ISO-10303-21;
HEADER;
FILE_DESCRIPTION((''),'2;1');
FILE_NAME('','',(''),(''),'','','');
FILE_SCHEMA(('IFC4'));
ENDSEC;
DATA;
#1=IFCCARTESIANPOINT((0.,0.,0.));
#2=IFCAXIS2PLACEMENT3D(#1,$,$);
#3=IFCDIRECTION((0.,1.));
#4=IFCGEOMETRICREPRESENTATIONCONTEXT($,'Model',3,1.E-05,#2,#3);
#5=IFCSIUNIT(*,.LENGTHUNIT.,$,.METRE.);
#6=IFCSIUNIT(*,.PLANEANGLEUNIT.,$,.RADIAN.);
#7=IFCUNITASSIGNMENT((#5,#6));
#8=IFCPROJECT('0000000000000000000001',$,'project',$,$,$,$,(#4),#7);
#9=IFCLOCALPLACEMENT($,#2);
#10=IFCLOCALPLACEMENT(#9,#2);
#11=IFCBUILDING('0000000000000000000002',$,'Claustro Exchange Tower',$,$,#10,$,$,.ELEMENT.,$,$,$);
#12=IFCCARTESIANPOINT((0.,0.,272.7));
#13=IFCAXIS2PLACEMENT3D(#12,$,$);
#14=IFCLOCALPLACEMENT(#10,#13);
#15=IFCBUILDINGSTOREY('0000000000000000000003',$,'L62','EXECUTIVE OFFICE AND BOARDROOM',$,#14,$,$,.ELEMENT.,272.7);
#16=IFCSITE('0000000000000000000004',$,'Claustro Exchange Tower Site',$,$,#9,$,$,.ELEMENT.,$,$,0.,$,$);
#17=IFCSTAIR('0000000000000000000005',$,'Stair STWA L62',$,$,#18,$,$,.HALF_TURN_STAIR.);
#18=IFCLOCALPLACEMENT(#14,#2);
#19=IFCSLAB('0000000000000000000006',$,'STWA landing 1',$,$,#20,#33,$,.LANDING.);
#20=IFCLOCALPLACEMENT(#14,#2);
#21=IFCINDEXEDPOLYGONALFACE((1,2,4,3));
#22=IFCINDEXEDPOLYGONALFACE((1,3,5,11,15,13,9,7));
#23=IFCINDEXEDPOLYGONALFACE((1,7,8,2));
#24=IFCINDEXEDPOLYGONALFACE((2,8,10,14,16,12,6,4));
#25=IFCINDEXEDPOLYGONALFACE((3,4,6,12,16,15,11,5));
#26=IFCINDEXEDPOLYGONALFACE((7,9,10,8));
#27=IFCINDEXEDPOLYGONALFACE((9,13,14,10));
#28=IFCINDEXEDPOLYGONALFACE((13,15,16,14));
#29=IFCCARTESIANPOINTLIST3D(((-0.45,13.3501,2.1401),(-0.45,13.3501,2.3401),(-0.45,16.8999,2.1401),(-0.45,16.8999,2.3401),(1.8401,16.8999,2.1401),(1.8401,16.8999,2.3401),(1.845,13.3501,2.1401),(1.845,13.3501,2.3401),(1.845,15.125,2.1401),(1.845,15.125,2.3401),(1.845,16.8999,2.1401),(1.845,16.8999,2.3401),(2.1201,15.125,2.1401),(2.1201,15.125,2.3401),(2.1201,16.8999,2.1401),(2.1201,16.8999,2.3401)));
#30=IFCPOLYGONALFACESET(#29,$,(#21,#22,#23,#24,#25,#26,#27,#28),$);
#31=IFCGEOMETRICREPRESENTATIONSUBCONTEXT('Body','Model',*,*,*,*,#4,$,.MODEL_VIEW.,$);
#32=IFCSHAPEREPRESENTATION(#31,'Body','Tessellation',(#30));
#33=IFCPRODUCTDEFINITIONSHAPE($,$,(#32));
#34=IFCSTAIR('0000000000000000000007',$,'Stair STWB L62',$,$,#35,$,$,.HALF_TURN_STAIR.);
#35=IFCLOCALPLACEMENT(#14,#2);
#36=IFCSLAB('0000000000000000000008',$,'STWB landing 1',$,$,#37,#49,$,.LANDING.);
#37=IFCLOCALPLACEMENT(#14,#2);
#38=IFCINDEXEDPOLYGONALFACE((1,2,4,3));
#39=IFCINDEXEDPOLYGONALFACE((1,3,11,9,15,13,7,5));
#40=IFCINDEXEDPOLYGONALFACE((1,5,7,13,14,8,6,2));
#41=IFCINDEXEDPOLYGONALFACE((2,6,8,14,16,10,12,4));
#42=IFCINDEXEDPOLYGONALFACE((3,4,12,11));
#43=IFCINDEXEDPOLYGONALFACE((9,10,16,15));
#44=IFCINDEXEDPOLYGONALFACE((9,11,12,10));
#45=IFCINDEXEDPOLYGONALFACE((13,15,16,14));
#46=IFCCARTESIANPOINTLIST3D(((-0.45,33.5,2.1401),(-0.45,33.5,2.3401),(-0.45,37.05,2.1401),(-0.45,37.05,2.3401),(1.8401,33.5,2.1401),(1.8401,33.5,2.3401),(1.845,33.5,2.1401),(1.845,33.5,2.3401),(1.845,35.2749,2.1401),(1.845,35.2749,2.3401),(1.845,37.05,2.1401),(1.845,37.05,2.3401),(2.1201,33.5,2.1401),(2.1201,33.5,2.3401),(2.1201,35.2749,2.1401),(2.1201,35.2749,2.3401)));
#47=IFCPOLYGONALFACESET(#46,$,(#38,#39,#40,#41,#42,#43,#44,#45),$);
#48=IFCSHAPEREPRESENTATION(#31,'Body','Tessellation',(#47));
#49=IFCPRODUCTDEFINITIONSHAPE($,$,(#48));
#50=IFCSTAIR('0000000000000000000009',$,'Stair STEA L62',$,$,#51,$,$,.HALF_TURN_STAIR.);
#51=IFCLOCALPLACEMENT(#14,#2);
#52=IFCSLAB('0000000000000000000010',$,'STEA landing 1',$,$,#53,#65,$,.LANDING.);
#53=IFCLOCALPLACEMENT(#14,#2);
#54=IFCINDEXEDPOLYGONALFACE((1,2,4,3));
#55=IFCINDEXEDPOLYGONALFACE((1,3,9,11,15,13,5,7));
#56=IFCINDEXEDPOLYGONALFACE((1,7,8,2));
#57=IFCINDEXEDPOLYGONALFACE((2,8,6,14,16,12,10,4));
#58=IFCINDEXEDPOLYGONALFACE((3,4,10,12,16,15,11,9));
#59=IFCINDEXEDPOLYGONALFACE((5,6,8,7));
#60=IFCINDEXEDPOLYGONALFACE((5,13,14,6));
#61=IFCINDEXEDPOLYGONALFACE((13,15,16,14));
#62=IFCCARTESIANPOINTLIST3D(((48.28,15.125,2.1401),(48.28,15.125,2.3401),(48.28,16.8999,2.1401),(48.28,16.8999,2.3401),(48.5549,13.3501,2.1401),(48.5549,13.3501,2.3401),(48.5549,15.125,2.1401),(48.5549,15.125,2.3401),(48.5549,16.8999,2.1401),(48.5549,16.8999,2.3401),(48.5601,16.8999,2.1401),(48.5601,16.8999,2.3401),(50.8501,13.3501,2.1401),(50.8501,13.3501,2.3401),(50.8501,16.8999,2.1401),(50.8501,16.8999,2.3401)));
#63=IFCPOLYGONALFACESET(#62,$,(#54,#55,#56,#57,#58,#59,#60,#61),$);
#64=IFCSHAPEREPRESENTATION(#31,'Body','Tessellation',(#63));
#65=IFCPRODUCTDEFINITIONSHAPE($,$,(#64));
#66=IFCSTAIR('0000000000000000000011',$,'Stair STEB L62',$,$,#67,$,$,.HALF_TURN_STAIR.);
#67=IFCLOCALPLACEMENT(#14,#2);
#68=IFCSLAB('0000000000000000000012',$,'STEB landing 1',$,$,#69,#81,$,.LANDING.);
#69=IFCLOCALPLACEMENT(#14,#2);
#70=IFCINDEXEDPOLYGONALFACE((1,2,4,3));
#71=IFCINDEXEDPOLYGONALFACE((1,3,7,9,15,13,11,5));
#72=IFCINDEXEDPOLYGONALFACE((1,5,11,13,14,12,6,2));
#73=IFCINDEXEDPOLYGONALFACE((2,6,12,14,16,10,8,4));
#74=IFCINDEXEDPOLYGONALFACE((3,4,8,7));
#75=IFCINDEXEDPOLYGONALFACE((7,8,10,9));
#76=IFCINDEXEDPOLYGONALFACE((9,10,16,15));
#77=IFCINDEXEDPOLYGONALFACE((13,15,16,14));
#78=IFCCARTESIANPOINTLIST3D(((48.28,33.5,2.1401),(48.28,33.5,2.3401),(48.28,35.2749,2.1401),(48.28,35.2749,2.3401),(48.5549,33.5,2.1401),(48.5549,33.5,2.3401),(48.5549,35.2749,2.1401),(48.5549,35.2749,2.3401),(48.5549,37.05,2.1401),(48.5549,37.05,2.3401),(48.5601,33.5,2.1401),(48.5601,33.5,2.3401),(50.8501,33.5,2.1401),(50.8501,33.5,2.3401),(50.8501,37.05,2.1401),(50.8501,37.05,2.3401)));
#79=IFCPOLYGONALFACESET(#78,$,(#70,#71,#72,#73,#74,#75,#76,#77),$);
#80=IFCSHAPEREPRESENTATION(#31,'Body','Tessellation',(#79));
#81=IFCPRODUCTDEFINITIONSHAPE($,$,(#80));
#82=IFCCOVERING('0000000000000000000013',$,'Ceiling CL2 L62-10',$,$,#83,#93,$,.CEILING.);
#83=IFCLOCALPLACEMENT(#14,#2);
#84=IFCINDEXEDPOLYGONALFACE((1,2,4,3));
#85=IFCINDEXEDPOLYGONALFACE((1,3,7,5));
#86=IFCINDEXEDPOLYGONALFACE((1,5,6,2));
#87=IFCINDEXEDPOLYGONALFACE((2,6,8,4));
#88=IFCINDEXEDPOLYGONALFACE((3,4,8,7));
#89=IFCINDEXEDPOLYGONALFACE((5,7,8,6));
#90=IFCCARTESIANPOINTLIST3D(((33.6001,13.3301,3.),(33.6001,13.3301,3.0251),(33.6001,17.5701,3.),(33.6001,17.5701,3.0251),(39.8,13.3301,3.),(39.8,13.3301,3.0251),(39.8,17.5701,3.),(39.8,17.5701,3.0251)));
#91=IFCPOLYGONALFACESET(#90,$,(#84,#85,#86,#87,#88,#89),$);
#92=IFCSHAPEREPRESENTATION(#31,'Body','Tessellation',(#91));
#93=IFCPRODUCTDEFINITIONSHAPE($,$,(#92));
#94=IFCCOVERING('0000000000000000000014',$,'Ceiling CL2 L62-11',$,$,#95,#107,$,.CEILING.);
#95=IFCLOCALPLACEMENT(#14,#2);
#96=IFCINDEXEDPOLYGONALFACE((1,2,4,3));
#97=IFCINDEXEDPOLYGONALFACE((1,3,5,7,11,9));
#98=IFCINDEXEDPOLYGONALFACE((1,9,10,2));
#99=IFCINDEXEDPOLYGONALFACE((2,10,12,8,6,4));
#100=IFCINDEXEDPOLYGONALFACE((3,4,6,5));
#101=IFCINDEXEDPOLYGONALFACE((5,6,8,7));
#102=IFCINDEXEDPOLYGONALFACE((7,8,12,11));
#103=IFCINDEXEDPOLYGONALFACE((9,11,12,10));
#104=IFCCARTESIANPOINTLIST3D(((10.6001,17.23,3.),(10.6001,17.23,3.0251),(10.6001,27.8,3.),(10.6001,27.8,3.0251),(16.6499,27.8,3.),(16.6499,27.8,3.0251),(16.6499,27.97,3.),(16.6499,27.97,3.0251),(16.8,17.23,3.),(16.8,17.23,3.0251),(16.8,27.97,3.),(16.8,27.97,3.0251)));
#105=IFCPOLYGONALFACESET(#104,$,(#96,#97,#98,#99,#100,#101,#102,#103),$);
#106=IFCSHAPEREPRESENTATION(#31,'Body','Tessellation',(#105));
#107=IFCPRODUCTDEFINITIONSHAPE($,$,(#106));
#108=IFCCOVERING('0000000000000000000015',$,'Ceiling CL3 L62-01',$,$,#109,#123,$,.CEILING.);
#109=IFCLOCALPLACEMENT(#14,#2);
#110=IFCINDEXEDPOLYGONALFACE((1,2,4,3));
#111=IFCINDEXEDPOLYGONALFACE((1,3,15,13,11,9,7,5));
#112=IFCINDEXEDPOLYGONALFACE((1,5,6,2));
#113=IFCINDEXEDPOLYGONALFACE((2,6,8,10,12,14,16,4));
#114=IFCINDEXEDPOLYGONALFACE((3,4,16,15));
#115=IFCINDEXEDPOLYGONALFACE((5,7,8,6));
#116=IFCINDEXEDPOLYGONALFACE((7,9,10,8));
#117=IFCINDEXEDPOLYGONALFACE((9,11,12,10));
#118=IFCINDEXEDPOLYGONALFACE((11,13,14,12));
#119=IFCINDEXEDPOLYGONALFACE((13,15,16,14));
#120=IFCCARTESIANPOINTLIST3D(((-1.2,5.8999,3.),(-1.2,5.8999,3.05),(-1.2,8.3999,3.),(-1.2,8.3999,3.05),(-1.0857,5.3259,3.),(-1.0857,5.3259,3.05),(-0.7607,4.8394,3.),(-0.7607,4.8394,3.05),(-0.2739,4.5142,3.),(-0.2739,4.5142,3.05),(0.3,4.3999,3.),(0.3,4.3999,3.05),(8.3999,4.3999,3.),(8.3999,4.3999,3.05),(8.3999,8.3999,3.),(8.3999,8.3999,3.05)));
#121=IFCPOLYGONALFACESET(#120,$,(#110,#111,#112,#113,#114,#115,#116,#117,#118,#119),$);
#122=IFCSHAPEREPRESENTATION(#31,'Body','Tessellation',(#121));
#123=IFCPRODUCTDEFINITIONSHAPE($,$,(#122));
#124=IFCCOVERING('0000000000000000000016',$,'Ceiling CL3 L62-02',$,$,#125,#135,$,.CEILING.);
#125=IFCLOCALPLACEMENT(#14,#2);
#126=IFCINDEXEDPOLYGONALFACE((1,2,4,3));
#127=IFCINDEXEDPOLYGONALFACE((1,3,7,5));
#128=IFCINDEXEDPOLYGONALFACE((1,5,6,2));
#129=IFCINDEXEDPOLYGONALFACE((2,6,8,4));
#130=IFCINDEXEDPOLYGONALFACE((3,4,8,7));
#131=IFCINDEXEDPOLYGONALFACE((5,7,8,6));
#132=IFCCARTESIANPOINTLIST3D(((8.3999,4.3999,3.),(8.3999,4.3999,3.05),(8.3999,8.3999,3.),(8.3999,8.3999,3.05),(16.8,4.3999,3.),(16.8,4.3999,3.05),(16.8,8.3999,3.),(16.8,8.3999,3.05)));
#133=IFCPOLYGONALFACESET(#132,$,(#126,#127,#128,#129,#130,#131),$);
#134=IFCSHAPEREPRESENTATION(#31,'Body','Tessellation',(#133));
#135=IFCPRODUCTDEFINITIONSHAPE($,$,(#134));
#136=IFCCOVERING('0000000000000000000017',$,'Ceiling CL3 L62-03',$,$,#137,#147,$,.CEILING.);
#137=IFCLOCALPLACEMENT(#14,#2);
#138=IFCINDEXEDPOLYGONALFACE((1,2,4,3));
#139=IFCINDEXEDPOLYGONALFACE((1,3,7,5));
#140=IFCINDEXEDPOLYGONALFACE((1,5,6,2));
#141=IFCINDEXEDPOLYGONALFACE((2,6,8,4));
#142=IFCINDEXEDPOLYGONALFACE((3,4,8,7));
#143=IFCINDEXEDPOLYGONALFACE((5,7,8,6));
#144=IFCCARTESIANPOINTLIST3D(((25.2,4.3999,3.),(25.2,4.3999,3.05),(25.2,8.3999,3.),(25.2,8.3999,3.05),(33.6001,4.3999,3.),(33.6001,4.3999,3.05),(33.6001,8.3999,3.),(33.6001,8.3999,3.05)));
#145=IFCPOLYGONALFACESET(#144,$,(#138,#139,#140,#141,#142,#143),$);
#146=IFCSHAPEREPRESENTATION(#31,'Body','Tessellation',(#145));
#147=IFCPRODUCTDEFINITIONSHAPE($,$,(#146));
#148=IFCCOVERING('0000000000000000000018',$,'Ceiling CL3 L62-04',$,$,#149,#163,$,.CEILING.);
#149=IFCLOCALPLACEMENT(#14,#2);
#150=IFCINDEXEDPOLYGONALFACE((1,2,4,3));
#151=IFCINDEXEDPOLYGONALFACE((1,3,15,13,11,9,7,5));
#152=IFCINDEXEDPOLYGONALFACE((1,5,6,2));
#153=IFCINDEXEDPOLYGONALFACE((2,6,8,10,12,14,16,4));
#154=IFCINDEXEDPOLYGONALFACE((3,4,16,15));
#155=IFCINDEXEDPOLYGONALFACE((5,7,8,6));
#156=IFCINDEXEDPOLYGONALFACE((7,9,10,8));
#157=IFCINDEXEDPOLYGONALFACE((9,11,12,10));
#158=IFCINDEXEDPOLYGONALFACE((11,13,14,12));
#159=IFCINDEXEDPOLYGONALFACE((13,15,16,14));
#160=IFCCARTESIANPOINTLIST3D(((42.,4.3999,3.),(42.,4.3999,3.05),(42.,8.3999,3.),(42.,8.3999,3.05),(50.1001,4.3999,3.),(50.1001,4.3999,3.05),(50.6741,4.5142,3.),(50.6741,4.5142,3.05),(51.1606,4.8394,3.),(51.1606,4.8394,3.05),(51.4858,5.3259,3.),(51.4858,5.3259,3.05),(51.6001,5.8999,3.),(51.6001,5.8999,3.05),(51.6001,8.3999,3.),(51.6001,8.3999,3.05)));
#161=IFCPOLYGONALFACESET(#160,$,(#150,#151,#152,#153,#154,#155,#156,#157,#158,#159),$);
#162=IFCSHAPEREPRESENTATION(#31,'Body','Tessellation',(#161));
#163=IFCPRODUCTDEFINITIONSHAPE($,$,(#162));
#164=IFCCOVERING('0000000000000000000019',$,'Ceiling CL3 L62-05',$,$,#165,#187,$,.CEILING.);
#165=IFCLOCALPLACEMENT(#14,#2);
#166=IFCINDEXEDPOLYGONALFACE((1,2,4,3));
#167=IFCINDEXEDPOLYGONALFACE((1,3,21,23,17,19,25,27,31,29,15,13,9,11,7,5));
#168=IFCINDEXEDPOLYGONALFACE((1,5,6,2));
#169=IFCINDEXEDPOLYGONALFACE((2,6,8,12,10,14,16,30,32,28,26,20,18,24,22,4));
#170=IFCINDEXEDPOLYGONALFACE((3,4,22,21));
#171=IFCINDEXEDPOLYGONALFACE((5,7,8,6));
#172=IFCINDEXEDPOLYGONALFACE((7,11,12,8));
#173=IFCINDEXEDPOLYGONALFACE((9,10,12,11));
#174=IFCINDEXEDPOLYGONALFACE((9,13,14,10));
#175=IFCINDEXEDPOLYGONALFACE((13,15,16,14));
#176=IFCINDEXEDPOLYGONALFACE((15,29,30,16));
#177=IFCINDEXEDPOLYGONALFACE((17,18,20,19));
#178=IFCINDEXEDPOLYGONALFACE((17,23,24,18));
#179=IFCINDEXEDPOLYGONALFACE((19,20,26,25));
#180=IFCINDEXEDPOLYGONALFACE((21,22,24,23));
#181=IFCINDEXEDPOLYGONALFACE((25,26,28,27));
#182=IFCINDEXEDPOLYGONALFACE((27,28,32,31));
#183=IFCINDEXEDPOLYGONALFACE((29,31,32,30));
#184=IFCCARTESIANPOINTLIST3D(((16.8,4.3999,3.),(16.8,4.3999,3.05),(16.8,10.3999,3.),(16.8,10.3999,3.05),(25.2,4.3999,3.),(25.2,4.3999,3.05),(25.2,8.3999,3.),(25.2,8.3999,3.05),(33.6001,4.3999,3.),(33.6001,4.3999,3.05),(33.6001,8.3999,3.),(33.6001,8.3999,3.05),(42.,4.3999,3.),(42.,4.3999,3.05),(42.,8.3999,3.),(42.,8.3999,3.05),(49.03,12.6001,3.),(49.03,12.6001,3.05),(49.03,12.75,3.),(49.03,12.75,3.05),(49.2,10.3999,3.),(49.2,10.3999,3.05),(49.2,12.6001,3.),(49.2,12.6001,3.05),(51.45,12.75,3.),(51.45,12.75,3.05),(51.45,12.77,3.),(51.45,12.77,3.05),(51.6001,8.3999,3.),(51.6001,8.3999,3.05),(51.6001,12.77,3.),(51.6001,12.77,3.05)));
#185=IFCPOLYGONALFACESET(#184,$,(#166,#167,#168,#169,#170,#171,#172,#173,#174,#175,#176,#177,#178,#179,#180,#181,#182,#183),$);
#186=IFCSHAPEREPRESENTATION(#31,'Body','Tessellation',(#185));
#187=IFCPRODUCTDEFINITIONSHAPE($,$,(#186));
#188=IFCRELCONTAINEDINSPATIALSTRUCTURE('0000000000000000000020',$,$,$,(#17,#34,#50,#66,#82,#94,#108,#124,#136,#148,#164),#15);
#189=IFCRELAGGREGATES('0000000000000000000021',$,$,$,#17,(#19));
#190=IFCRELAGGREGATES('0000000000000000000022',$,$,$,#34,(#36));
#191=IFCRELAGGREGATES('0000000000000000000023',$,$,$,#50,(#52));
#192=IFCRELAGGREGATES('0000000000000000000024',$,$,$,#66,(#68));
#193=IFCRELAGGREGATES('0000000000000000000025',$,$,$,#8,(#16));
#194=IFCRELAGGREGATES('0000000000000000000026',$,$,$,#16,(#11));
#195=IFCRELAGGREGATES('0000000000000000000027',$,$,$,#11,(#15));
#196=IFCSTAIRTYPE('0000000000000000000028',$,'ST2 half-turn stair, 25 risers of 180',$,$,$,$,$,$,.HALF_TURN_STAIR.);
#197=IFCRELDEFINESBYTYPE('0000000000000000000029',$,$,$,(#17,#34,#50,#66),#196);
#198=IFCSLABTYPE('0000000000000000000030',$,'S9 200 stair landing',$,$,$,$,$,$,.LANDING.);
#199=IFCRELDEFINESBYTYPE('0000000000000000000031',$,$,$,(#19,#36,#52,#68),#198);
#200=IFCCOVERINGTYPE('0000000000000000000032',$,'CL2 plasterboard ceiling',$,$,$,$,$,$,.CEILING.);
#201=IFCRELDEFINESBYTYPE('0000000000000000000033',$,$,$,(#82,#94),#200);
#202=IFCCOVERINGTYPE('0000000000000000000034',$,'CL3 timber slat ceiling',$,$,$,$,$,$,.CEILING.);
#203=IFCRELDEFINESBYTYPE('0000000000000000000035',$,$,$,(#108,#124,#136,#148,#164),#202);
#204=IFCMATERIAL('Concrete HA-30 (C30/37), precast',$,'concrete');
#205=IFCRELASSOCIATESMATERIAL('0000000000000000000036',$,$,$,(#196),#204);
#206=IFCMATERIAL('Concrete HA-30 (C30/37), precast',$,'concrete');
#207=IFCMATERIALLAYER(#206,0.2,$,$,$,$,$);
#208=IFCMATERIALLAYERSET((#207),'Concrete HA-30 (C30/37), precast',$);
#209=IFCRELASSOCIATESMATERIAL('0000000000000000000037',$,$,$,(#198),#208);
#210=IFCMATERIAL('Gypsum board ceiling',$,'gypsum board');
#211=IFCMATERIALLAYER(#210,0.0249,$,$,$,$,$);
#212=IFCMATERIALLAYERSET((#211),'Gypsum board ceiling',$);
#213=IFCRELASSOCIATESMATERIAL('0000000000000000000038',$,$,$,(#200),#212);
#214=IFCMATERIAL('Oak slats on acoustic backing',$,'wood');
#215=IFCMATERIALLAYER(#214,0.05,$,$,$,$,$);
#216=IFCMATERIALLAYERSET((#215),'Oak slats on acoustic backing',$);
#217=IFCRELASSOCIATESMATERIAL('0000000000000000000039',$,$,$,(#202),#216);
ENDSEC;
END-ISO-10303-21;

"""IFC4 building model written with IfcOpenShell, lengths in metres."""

from ifc_helpers import new_model, si_unit, direction, frame, origin, place, context, subcontext, project, spatial, polyline, outline, extrude, material, layer, layer_set, type_object, element, aggregate, save


model = new_model("IFC4")

# Units and contexts
model_context = context("Model", 3, precision=1e-05, world=origin(), true_north=direction((0.0, 1.0)))
body_context = subcontext(model_context, "Body", "Model", "MODEL_VIEW")
ifc_project = project(units=[si_unit("LENGTHUNIT", "METRE"), si_unit("PLANEANGLEUNIT", "RADIAN")], contexts=[model_context])

# Site, building, storey
site_placement = place(None, origin())
site = spatial("IfcSite", under=ifc_project, at=site_placement, Name="Claustro Exchange Tower Site", CompositionType="ELEMENT", RefElevation=0.0)
building_placement = place(site_placement, origin())
building = spatial("IfcBuilding", under=site, at=building_placement, Name="Claustro Exchange Tower", CompositionType="ELEMENT")
storey_placement = place(building_placement, frame((0.0, 0.0, 272.7)))
storey = spatial("IfcBuildingStorey", under=building, at=storey_placement, Name="L62", Description="EXECUTIVE OFFICE AND BOARDROOM", CompositionType="ELEMENT", Elevation=272.7)

# Stairs, slabs
ifc_material_1 = material(Name="Concrete HA-30 (C30/37), precast", Category="concrete")
stair_type = type_object("IfcStairType", Name="ST2 half-turn stair, 25 risers of 180", PredefinedType="HALF_TURN_STAIR", material=ifc_material_1)
stair_1_placement = place(storey_placement, origin())
stair_1 = element("IfcStair", 1, at=stair_1_placement, inside=storey, type_object=stair_type, Name="Stair STWA L62", PredefinedType="HALF_TURN_STAIR")
ifc_material_2 = material(Name="Concrete HA-30 (C30/37), precast", Category="concrete")
ifc_layer_1 = layer(ifc_material_2, 0.2)
ifc_layer_set_1 = layer_set([ifc_layer_1], Name="Concrete HA-30 (C30/37), precast")
slab_type_1 = type_object("IfcSlabType", Name="S9 200 stair landing", PredefinedType="LANDING", material=ifc_layer_set_1)
slab_1_placement = place(storey_placement, frame((0.0, 0.0, 2.1401)))
slab_1 = element("IfcSlab", 2, at=slab_1_placement, type_object=slab_type_1, Name="STWA landing 1", PredefinedType="LANDING", context=body_context, shape_type="SweptSolid", body=[
    extrude(outline(polyline([(1.845, 13.3501), (-0.45, 13.3501), (-0.45, 16.8999), (1.8401, 16.8999), (1.845, 16.8999), (2.1201, 16.8999), (2.1201, 15.125), (1.845, 15.125), (1.845, 13.3501)])), origin(), (0.0, 0.0, 1.0), 0.2),
])
aggregate(stair_1, [slab_1])
stair_2_placement = place(storey_placement, origin())
stair_2 = element("IfcStair", 3, at=stair_2_placement, inside=storey, type_object=stair_type, Name="Stair STWB L62", PredefinedType="HALF_TURN_STAIR")
slab_2_placement = place(storey_placement, frame((0.0, 0.0, 2.1401)))
slab_2 = element("IfcSlab", 4, at=slab_2_placement, type_object=slab_type_1, Name="STWB landing 1", PredefinedType="LANDING", context=body_context, shape_type="SweptSolid", body=[
    extrude(outline(polyline([(2.1201, 35.2749), (2.1201, 33.5), (1.845, 33.5), (1.8401, 33.5), (-0.45, 33.5), (-0.45, 37.05), (1.845, 37.05), (1.845, 35.2749), (2.1201, 35.2749)])), origin(), (0.0, 0.0, 1.0), 0.2),
])
aggregate(stair_2, [slab_2])
stair_3_placement = place(storey_placement, origin())
stair_3 = element("IfcStair", 5, at=stair_3_placement, inside=storey, type_object=stair_type, Name="Stair STEA L62", PredefinedType="HALF_TURN_STAIR")
slab_3_placement = place(storey_placement, frame((0.0, 0.0, 2.1401)))
slab_3 = element("IfcSlab", 6, at=slab_3_placement, type_object=slab_type_1, Name="STEA landing 1", PredefinedType="LANDING", context=body_context, shape_type="SweptSolid", body=[
    extrude(outline(polyline([(50.8501, 16.8999), (50.8501, 13.3501), (48.5549, 13.3501), (48.5549, 15.125), (48.28, 15.125), (48.28, 16.8999), (48.5549, 16.8999), (48.5601, 16.8999), (50.8501, 16.8999)])), origin(), (0.0, 0.0, 1.0), 0.2),
])
aggregate(stair_3, [slab_3])
stair_4_placement = place(storey_placement, origin())
stair_4 = element("IfcStair", 7, at=stair_4_placement, inside=storey, type_object=stair_type, Name="Stair STEB L62", PredefinedType="HALF_TURN_STAIR")
slab_4_placement = place(storey_placement, frame((0.0, 0.0, 2.1401)))
slab_4 = element("IfcSlab", 8, at=slab_4_placement, type_object=slab_type_1, Name="STEB landing 1", PredefinedType="LANDING", context=body_context, shape_type="SweptSolid", body=[
    extrude(outline(polyline([(48.28, 33.5), (48.28, 35.2749), (48.5549, 35.2749), (48.5549, 37.05), (50.8501, 37.05), (50.8501, 33.5), (48.5601, 33.5), (48.5549, 33.5), (48.28, 33.5)])), origin(), (0.0, 0.0, 1.0), 0.2),
])
aggregate(stair_4, [slab_4])

# Coverings
ifc_material_3 = material(Name="Gypsum board ceiling", Category="gypsum board")
ifc_layer_2 = layer(ifc_material_3, 0.0249)
ifc_layer_set_2 = layer_set([ifc_layer_2], Name="Gypsum board ceiling")
covering_type_1 = type_object("IfcCoveringType", Name="CL2 plasterboard ceiling", PredefinedType="CEILING", material=ifc_layer_set_2)
covering_1_placement = place(storey_placement, frame((0.0, 0.0, 3.0)))
element("IfcCovering", 9, at=covering_1_placement, inside=storey, type_object=covering_type_1, Name="Ceiling CL2 L62-10", PredefinedType="CEILING", context=body_context, shape_type="SweptSolid", body=[
    extrude(outline(polyline([(33.6001, 17.5701), (33.6001, 13.3301), (39.8, 13.3301), (39.8, 17.5701), (33.6001, 17.5701)])), origin(), (0.0, 0.0, 1.0), 0.0251),
])
covering_2_placement = place(storey_placement, frame((0.0, 0.0, 3.0)))
element("IfcCovering", 10, at=covering_2_placement, inside=storey, type_object=covering_type_1, Name="Ceiling CL2 L62-11", PredefinedType="CEILING", context=body_context, shape_type="SweptSolid", body=[
    extrude(outline(polyline([(10.6001, 27.8), (10.6001, 17.23), (16.8, 17.23), (16.8, 27.97), (16.6499, 27.97), (16.6499, 27.8), (10.6001, 27.8)])), origin(), (0.0, 0.0, 1.0), 0.0251),
])
ifc_material_4 = material(Name="Oak slats on acoustic backing", Category="wood")
ifc_layer_3 = layer(ifc_material_4, 0.05)
ifc_layer_set_3 = layer_set([ifc_layer_3], Name="Oak slats on acoustic backing")
covering_type_2 = type_object("IfcCoveringType", Name="CL3 timber slat ceiling", PredefinedType="CEILING", material=ifc_layer_set_3)
covering_3_placement = place(storey_placement, frame((0.0, 0.0, 3.0)))
element("IfcCovering", 11, at=covering_3_placement, inside=storey, type_object=covering_type_2, Name="Ceiling CL3 L62-01", PredefinedType="CEILING", context=body_context, shape_type="SweptSolid", body=[
    extrude(outline(polyline([(-1.0857, 5.3259), (-0.7607, 4.8394), (-0.2739, 4.5142), (0.3, 4.3999), (8.3999, 4.3999), (8.3999, 8.3999), (-1.2, 8.3999), (-1.2, 5.8999), (-1.0857, 5.3259)])), origin(), (0.0, 0.0, 1.0), 0.05),
])
covering_4_placement = place(storey_placement, frame((0.0, 0.0, 3.0)))
element("IfcCovering", 12, at=covering_4_placement, inside=storey, type_object=covering_type_2, Name="Ceiling CL3 L62-02", PredefinedType="CEILING", context=body_context, shape_type="SweptSolid", body=[
    extrude(outline(polyline([(8.3999, 4.3999), (16.8, 4.3999), (16.8, 8.3999), (8.3999, 8.3999), (8.3999, 4.3999)])), origin(), (0.0, 0.0, 1.0), 0.05),
])
covering_5_placement = place(storey_placement, frame((0.0, 0.0, 3.0)))
element("IfcCovering", 13, at=covering_5_placement, inside=storey, type_object=covering_type_2, Name="Ceiling CL3 L62-03", PredefinedType="CEILING", context=body_context, shape_type="SweptSolid", body=[
    extrude(outline(polyline([(25.2, 4.3999), (33.6001, 4.3999), (33.6001, 8.3999), (25.2, 8.3999), (25.2, 4.3999)])), origin(), (0.0, 0.0, 1.0), 0.05),
])
covering_6_placement = place(storey_placement, frame((0.0, 0.0, 3.0)))
element("IfcCovering", 14, at=covering_6_placement, inside=storey, type_object=covering_type_2, Name="Ceiling CL3 L62-04", PredefinedType="CEILING", context=body_context, shape_type="SweptSolid", body=[
    extrude(outline(polyline([(51.6001, 5.8999), (51.6001, 8.3999), (42.0, 8.3999), (42.0, 4.3999), (50.1001, 4.3999), (50.6741, 4.5142), (51.1606, 4.8394), (51.4858, 5.3259), (51.6001, 5.8999)])), origin(), (0.0, 0.0, 1.0), 0.05),
])
covering_7_placement = place(storey_placement, frame((0.0, 0.0, 3.0)))
element("IfcCovering", 15, at=covering_7_placement, inside=storey, type_object=covering_type_2, Name="Ceiling CL3 L62-05", PredefinedType="CEILING", context=body_context, shape_type="SweptSolid", body=[
    extrude(outline(polyline([(51.6001, 8.3999), (51.6001, 12.77), (51.45, 12.77), (51.45, 12.75), (49.03, 12.75), (49.03, 12.6001), (49.2, 12.6001), (49.2, 10.3999), (16.8, 10.3999), (16.8, 4.3999), (25.2, 4.3999), (25.2, 8.3999), (33.6001, 8.3999), (33.6001, 4.3999), (42.0, 4.3999), (42.0, 8.3999), (51.6001, 8.3999)])), origin(), (0.0, 0.0, 1.0), 0.05),
])

save(model, "model.ifc")
